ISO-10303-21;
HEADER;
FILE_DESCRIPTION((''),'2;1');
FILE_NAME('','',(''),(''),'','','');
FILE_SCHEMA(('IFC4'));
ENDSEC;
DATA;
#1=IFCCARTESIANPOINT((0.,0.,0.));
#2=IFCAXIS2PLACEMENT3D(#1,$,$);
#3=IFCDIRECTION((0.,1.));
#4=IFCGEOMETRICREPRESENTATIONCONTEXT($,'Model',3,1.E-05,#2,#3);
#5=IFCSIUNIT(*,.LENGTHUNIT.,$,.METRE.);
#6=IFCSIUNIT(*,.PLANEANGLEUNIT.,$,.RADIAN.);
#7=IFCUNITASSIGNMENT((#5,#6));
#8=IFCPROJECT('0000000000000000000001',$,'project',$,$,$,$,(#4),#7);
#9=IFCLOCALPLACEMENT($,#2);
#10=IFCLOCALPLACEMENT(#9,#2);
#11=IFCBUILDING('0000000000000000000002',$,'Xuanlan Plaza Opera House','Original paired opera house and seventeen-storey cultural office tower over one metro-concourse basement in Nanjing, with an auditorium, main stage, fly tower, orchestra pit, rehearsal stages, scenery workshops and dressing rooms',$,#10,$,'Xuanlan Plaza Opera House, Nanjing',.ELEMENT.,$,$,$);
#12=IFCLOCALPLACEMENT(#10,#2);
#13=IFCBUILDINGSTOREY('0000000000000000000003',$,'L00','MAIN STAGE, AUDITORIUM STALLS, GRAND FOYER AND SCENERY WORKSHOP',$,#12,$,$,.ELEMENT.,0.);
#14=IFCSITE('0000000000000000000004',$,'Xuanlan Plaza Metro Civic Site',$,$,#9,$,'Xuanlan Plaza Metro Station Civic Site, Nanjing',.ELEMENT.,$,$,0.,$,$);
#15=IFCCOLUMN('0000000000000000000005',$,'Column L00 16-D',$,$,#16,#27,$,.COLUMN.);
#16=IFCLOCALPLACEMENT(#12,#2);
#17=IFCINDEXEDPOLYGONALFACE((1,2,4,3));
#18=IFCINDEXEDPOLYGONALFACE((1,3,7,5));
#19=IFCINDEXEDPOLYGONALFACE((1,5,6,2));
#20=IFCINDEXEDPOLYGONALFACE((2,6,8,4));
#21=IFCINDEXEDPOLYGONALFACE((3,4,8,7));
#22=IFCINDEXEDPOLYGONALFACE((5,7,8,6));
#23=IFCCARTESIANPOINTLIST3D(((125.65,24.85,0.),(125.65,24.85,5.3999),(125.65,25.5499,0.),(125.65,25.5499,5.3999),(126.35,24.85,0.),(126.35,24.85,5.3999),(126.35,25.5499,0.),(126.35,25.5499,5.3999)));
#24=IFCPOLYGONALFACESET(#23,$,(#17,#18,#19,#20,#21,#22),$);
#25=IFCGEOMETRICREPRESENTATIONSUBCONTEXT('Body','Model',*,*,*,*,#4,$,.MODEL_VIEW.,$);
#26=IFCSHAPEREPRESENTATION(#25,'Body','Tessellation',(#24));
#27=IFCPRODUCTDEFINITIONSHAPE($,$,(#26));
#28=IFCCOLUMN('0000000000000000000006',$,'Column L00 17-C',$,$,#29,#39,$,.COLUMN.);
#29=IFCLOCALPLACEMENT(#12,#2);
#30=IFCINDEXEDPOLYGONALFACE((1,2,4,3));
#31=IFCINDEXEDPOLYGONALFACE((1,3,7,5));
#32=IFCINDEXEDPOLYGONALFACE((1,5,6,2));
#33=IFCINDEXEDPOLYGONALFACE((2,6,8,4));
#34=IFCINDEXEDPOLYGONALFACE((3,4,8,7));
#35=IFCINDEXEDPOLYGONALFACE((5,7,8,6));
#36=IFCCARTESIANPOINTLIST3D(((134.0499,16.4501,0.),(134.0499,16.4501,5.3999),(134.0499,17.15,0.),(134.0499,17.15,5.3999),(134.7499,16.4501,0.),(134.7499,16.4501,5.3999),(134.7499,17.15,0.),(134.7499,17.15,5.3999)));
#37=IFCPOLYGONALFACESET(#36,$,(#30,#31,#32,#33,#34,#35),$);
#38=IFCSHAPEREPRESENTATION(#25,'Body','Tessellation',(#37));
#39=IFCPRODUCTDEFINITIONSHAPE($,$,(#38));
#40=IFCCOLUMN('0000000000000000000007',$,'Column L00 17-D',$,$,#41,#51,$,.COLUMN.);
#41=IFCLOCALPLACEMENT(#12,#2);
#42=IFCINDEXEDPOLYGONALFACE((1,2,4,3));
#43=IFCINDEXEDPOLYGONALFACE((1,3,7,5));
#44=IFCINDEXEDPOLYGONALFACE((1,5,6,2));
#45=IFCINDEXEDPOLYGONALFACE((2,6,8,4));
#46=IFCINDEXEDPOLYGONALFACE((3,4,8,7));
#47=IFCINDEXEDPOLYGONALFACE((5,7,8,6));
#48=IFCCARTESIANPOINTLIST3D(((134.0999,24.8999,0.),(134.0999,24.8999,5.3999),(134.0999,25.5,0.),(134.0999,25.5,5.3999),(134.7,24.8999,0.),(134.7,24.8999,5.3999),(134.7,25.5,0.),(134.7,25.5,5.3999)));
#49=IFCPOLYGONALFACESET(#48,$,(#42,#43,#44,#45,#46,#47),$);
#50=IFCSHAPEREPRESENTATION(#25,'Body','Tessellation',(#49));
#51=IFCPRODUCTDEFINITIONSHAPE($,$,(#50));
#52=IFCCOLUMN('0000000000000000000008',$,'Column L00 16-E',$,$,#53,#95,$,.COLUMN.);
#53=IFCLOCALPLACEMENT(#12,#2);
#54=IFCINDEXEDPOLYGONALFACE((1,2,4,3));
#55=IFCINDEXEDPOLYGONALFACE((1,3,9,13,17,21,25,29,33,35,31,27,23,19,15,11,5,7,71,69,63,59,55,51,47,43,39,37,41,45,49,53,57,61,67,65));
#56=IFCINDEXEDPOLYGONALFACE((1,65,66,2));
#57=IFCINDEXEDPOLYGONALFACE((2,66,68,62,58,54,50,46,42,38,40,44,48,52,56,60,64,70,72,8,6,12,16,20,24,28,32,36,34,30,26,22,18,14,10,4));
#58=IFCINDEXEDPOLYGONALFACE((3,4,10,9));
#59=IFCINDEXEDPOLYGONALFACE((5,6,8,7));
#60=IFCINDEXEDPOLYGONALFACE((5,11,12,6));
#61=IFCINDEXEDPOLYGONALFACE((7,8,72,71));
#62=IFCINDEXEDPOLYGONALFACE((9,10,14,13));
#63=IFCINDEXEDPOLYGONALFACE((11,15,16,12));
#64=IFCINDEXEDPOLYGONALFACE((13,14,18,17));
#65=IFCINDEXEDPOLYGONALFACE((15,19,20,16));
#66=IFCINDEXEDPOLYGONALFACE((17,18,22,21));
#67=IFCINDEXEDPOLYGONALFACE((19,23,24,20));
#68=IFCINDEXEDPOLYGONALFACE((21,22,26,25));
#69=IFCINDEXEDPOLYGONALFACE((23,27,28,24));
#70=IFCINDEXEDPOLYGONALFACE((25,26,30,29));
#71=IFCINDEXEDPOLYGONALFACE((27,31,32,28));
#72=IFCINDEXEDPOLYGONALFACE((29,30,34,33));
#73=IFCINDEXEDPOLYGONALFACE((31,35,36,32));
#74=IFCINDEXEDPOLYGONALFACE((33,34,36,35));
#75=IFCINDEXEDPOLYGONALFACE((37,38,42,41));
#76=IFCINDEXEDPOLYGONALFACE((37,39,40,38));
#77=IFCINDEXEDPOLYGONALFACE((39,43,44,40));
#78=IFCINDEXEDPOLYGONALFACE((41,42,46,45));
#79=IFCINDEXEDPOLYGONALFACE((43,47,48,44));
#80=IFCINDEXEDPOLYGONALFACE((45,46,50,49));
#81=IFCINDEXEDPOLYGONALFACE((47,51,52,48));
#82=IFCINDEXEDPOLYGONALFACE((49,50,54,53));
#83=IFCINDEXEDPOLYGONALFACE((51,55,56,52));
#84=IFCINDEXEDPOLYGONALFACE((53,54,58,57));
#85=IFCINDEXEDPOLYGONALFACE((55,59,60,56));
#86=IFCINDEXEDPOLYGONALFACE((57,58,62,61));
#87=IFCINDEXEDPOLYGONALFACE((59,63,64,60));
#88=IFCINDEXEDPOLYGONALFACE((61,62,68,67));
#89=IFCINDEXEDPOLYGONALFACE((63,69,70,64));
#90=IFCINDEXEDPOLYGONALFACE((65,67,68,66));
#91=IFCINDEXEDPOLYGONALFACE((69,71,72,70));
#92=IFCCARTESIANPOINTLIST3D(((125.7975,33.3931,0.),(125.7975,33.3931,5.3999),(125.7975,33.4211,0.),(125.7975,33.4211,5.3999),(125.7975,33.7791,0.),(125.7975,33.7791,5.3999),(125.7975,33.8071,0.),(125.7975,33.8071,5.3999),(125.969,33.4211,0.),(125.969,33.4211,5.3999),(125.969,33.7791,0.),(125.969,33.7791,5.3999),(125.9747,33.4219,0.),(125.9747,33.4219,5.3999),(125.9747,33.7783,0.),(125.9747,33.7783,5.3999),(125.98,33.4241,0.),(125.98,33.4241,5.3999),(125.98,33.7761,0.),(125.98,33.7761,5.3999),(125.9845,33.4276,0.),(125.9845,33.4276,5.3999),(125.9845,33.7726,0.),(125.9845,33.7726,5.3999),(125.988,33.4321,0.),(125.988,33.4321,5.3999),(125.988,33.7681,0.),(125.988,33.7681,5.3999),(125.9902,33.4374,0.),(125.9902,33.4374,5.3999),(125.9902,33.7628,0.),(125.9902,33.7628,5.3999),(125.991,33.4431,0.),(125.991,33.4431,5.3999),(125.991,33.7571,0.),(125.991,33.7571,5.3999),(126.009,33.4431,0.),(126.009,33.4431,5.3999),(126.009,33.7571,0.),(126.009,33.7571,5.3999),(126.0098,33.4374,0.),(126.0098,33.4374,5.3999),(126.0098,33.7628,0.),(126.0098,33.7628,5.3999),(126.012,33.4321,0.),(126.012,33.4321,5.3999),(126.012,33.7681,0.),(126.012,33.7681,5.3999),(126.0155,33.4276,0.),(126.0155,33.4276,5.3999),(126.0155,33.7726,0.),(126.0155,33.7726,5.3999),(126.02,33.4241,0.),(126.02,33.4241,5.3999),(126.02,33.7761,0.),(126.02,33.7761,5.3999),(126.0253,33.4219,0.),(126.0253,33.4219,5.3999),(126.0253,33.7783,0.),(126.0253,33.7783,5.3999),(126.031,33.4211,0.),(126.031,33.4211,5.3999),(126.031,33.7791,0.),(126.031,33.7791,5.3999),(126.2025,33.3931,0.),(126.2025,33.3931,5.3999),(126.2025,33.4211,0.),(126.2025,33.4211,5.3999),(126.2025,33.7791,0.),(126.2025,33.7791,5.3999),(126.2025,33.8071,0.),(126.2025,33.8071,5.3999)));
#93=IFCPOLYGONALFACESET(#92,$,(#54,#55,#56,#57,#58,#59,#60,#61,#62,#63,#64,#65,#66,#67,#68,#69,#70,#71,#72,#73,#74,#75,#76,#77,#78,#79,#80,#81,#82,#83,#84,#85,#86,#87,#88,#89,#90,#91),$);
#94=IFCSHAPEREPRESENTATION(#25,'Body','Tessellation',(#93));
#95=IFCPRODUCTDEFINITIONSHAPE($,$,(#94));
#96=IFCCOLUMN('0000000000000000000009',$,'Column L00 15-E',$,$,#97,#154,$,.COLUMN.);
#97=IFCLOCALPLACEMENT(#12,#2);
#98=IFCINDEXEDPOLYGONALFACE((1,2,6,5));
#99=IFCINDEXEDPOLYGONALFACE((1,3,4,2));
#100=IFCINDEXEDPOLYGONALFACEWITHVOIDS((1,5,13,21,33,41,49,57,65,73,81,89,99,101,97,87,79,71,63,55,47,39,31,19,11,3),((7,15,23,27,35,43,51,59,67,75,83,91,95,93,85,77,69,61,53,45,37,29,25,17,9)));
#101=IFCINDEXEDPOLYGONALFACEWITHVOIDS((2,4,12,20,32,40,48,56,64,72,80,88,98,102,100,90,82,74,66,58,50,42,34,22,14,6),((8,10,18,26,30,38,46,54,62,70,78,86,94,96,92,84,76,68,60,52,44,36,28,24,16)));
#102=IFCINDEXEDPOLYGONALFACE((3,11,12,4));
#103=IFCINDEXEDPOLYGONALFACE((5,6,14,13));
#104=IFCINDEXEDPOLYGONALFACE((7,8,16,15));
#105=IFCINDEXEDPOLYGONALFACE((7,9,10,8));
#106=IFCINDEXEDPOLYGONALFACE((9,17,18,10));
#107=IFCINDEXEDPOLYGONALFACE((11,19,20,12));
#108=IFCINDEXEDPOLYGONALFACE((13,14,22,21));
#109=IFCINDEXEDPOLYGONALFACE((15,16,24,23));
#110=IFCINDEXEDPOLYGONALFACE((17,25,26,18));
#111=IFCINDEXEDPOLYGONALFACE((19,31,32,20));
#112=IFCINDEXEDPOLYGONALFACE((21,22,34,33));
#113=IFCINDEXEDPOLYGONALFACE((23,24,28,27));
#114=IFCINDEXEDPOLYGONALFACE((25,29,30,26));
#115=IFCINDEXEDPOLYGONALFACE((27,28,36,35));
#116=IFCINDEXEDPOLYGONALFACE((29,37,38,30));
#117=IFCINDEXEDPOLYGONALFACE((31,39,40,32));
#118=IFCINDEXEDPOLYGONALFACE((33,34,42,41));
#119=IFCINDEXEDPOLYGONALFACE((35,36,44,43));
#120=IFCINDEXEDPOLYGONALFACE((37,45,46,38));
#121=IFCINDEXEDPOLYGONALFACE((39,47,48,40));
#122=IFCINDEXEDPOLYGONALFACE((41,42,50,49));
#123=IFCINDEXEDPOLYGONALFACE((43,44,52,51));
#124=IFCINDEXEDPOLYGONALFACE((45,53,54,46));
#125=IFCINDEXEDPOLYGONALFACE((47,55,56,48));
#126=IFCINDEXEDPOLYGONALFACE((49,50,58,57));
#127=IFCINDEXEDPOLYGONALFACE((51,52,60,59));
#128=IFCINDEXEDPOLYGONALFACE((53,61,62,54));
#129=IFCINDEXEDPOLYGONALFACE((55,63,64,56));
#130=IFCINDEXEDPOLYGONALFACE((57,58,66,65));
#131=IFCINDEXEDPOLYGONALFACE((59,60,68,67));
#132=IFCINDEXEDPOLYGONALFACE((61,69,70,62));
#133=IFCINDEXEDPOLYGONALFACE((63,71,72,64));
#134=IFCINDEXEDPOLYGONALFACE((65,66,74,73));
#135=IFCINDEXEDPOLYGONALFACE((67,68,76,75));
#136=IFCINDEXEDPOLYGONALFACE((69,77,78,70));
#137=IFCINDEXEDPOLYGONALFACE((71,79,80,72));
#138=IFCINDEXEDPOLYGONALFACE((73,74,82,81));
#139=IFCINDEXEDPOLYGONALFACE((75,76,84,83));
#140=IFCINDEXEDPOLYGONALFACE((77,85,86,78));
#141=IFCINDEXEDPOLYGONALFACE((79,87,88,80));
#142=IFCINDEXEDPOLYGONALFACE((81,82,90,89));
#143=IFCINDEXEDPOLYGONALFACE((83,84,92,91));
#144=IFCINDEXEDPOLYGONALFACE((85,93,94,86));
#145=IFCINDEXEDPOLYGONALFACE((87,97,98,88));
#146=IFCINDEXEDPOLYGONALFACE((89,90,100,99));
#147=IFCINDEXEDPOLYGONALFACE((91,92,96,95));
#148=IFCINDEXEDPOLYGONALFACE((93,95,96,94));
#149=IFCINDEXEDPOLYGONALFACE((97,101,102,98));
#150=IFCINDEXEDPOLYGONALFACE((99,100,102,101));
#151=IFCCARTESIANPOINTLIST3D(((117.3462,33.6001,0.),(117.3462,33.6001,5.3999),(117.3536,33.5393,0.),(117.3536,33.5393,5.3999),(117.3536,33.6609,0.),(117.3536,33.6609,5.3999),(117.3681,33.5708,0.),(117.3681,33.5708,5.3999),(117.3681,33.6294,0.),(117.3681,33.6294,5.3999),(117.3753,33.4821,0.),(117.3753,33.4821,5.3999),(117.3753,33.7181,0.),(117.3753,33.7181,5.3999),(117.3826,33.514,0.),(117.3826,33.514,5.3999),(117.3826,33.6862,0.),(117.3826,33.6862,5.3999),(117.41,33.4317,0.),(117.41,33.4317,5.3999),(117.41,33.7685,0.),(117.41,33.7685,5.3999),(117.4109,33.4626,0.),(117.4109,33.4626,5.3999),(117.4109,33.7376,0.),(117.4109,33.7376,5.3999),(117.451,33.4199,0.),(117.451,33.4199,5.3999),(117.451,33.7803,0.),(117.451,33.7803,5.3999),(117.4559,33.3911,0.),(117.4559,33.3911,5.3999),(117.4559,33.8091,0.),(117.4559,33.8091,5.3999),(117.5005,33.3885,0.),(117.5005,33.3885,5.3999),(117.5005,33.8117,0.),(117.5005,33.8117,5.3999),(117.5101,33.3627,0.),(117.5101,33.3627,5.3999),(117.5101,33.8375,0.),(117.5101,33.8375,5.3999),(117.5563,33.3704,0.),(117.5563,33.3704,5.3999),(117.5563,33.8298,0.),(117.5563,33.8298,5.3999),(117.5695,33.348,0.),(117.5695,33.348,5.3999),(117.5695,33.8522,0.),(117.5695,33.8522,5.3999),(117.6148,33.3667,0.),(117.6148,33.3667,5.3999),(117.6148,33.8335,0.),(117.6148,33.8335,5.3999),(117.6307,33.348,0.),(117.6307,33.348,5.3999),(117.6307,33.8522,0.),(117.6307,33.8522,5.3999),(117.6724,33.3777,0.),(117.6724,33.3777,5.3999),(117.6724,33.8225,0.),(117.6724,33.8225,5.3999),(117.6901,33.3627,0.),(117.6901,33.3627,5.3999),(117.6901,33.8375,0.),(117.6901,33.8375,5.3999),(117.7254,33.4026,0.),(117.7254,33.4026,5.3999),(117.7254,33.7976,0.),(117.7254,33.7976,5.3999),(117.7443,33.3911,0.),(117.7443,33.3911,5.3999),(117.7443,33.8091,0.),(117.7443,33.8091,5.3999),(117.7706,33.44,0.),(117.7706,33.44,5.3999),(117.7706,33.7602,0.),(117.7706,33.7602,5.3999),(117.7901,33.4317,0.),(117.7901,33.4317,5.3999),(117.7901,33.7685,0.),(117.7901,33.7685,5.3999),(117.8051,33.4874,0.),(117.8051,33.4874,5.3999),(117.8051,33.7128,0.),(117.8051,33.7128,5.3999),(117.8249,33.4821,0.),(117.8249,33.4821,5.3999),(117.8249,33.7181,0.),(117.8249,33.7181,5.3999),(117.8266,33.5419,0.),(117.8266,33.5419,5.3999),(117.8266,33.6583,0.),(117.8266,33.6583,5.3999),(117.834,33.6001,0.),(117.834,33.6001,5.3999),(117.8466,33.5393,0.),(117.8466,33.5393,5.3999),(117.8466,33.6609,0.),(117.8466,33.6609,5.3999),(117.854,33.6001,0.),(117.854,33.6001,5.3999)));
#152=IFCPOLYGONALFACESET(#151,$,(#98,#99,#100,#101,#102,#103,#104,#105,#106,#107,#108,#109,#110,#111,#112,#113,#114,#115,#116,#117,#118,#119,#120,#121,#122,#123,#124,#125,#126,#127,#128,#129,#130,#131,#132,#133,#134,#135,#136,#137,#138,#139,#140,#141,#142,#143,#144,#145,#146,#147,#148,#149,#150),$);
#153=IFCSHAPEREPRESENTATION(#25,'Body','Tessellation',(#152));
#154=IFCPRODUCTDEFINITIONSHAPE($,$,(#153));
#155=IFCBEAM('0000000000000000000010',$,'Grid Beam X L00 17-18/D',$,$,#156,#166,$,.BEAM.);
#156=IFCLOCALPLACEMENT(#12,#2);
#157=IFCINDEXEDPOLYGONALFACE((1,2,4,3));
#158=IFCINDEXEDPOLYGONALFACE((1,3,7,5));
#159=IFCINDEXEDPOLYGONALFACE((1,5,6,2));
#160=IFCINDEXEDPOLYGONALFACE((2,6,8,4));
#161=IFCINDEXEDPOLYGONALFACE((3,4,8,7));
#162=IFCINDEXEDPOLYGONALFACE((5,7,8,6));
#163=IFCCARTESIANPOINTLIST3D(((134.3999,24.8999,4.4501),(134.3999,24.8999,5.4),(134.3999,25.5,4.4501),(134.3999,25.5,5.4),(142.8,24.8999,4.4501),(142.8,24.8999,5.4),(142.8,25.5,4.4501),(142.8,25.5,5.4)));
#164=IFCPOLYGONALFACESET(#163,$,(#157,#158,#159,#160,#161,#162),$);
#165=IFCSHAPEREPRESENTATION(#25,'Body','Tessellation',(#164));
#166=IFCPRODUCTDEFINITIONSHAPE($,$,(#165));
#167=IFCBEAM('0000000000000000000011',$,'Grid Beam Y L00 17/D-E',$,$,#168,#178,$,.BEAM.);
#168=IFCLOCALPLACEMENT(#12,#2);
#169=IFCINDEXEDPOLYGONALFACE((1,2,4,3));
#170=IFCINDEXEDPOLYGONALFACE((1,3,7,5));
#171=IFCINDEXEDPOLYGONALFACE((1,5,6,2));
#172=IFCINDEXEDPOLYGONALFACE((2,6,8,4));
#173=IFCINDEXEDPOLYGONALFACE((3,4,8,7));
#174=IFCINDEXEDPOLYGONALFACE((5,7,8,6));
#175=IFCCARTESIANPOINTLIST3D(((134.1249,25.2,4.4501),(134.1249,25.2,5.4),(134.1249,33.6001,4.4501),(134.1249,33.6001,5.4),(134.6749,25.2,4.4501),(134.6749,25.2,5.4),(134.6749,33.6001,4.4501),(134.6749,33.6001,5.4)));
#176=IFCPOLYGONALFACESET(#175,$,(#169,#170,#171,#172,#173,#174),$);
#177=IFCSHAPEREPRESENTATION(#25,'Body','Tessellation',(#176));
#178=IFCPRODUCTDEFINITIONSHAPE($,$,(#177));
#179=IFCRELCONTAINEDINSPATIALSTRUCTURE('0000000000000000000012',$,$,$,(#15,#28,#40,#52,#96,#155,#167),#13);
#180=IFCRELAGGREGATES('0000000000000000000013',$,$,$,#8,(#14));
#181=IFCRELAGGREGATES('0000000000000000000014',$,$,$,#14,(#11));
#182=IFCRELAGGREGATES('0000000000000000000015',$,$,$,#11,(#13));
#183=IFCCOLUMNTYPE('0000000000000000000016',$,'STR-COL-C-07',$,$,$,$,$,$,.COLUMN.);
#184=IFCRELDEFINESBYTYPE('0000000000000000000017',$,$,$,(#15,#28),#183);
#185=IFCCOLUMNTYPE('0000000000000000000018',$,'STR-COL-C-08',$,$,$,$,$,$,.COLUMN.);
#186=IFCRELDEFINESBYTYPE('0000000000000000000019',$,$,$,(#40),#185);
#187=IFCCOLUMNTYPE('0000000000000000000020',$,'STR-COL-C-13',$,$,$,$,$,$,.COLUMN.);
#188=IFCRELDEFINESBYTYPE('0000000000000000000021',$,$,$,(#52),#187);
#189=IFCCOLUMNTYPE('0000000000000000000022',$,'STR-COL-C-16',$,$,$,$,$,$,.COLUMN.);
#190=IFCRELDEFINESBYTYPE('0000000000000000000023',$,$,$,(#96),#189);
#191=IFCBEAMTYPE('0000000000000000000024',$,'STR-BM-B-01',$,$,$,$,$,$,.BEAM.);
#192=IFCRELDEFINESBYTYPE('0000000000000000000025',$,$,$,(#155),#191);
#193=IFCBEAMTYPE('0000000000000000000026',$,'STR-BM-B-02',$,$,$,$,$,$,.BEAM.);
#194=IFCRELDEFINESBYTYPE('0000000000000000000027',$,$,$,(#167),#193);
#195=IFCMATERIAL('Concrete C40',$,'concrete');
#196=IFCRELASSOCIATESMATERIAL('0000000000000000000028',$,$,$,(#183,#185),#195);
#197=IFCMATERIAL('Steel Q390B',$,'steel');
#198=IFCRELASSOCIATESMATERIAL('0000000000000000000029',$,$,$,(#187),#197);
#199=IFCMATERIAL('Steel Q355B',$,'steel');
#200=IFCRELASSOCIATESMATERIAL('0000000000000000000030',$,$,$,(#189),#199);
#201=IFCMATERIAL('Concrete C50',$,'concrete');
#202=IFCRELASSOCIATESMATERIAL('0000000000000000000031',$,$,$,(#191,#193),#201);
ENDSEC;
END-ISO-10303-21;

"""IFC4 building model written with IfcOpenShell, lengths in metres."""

from ifc_helpers import new_model, si_unit, direction, frame, origin, origin_2d, place, context, subcontext, project, spatial, rectangle, hollow_circle, i_section, extrude, material, material_profile, profile_set, type_object, element, save


model = new_model("IFC4")

# Units and contexts
model_context = context("Model", 3, precision=1e-05, world=origin(), true_north=direction((0.0, 1.0)))
body_context = subcontext(model_context, "Body", "Model", "MODEL_VIEW")
ifc_project = project(units=[si_unit("LENGTHUNIT", "METRE"), si_unit("PLANEANGLEUNIT", "RADIAN")], contexts=[model_context])

# Site, building, storey
site_placement = place(None, origin())
site = spatial("IfcSite", under=ifc_project, at=site_placement, Name="Xuanlan Plaza Metro Civic Site", LongName="Xuanlan Plaza Metro Station Civic Site, Nanjing", CompositionType="ELEMENT", RefElevation=0.0)
building_placement = place(site_placement, origin())
building = spatial("IfcBuilding", under=site, at=building_placement, Name="Xuanlan Plaza Opera House", Description="Original paired opera house and seventeen-storey cultural office tower over one metro-concourse basement in Nanjing, with an auditorium, main stage, fly tower, orchestra pit, rehearsal stages, scenery workshops and dressing rooms", LongName="Xuanlan Plaza Opera House, Nanjing", CompositionType="ELEMENT")
storey_placement = place(building_placement, origin())
storey = spatial("IfcBuildingStorey", under=building, at=storey_placement, Name="L00", Description="MAIN STAGE, AUDITORIUM STALLS, GRAND FOYER AND SCENERY WORKSHOP", CompositionType="ELEMENT", Elevation=0.0)

# Columns
ifc_material_1 = material(Name="Concrete C40", Category="concrete")
ifc_material_profile_1 = material_profile(ifc_material_1, rectangle(XDim=0.7, YDim=0.7, at=origin_2d()), Name="RC-COL 700x700")
ifc_profile_set_1 = profile_set([ifc_material_profile_1], Name="Concrete C40")
column_type_1 = type_object("IfcColumnType", Name="STR-COL-C-07", PredefinedType="COLUMN", material=ifc_profile_set_1)
for number, where, z_axis, x_axis, name in (
    (1, (126.0, 25.2, 0.0), (0.0, 0.0, 1.0), (1.0, 0.0, 0.0), "Column L00 16-D"),
    (2, (134.3999, 16.8, 0.0), (0.0, 0.0, 1.0), (1.0, 0.0, 0.0), "Column L00 17-C"),
):
    element("IfcColumn", number, at=place(storey_placement, frame(where, z_axis=z_axis, x_axis=x_axis)), inside=storey, type_object=column_type_1, Name=name, PredefinedType="COLUMN", context=body_context, shape_type="SweptSolid", body=[
        extrude(rectangle(XDim=0.7, YDim=0.7, at=origin_2d()), origin(), (0.0, 0.0, 1.0), 5.3999),
    ])
ifc_material_profile_2 = material_profile(ifc_material_1, rectangle(XDim=0.6001, YDim=0.6001, at=origin_2d()), Name="RC-COL 600x600")
ifc_profile_set_2 = profile_set([ifc_material_profile_2], Name="Concrete C40")
column_type_2 = type_object("IfcColumnType", Name="STR-COL-C-08", PredefinedType="COLUMN", material=ifc_profile_set_2)
column_1_placement = place(storey_placement, frame((134.3999, 25.2, 0.0), z_axis=(0.0, 0.0, 1.0), x_axis=(1.0, 0.0, 0.0)))
element("IfcColumn", 3, at=column_1_placement, inside=storey, type_object=column_type_2, Name="Column L00 17-D", PredefinedType="COLUMN", context=body_context, shape_type="SweptSolid", body=[
    extrude(rectangle(XDim=0.6001, YDim=0.6001, at=origin_2d()), origin(), (0.0, 0.0, 1.0), 5.3999),
])
ifc_material_2 = material(Name="Steel Q390B", Category="steel")
ifc_material_profile_3 = material_profile(ifc_material_2, i_section(OverallWidth=0.405, OverallDepth=0.4141, WebThickness=0.0181, FlangeThickness=0.0281, FilletRadius=0.022, at=origin_2d()), Name="HW 414x405x18x28")
ifc_profile_set_3 = profile_set([ifc_material_profile_3], Name="Steel Q390B")
column_type_3 = type_object("IfcColumnType", Name="STR-COL-C-13", PredefinedType="COLUMN", material=ifc_profile_set_3)
column_2_placement = place(storey_placement, frame((126.0, 33.6001, 0.0), z_axis=(0.0, 0.0, 1.0), x_axis=(1.0, 0.0, 0.0)))
element("IfcColumn", 4, at=column_2_placement, inside=storey, type_object=column_type_3, Name="Column L00 16-E", PredefinedType="COLUMN", context=body_context, shape_type="SweptSolid", body=[
    extrude(i_section(OverallWidth=0.405, OverallDepth=0.4141, WebThickness=0.0181, FlangeThickness=0.0281, FilletRadius=0.022, at=origin_2d()), origin(), (0.0, 0.0, 1.0), 5.3999),
])
ifc_material_3 = material(Name="Steel Q355B", Category="steel")
ifc_material_profile_4 = material_profile(ifc_material_3, hollow_circle(Radius=0.2539, WallThickness=0.02, at=origin_2d()), Name="CHS 508x20")
ifc_profile_set_4 = profile_set([ifc_material_profile_4], Name="Steel Q355B")
column_type_4 = type_object("IfcColumnType", Name="STR-COL-C-16", PredefinedType="COLUMN", material=ifc_profile_set_4)
column_3_placement = place(storey_placement, frame((117.6001, 33.6001, 0.0), z_axis=(0.0, 0.0, 1.0), x_axis=(1.0, 0.0, 0.0)))
element("IfcColumn", 5, at=column_3_placement, inside=storey, type_object=column_type_4, Name="Column L00 15-E", PredefinedType="COLUMN", context=body_context, shape_type="SweptSolid", body=[
    extrude(hollow_circle(Radius=0.2539, WallThickness=0.02, at=origin_2d()), origin(), (0.0, 0.0, 1.0), 5.3999),
])

# Beams
ifc_material_4 = material(Name="Concrete C50", Category="concrete")
ifc_material_profile_5 = material_profile(ifc_material_4, rectangle(XDim=0.6001, YDim=0.95, at=origin_2d()), Name="RC-BM 600x950")
ifc_profile_set_5 = profile_set([ifc_material_profile_5], Name="Concrete C50")
beam_type_1 = type_object("IfcBeamType", Name="STR-BM-B-01", PredefinedType="BEAM", material=ifc_profile_set_5)
beam_1_placement = place(storey_placement, frame((134.3999, 25.2, 4.925), z_axis=(1.0, 0.0, 0.0), x_axis=(0.0, 1.0, 0.0)))
element("IfcBeam", 6, at=beam_1_placement, inside=storey, type_object=beam_type_1, Name="Grid Beam X L00 17-18/D", PredefinedType="BEAM", context=body_context, shape_type="SweptSolid", body=[
    extrude(rectangle(XDim=0.6001, YDim=0.95, at=origin_2d()), origin(), (0.0, 0.0, 1.0), 8.4001),
])
ifc_material_profile_6 = material_profile(ifc_material_4, rectangle(XDim=0.55, YDim=0.95, at=origin_2d()), Name="RC-BM 550x950")
ifc_profile_set_6 = profile_set([ifc_material_profile_6], Name="Concrete C50")
beam_type_2 = type_object("IfcBeamType", Name="STR-BM-B-02", PredefinedType="BEAM", material=ifc_profile_set_6)
beam_2_placement = place(storey_placement, frame((134.3999, 25.2, 4.925), z_axis=(0.0, 1.0, 0.0), x_axis=(-1.0, 0.0, 0.0)))
element("IfcBeam", 7, at=beam_2_placement, inside=storey, type_object=beam_type_2, Name="Grid Beam Y L00 17/D-E", PredefinedType="BEAM", context=body_context, shape_type="SweptSolid", body=[
    extrude(rectangle(XDim=0.55, YDim=0.95, at=origin_2d()), origin(), (0.0, 0.0, 1.0), 8.4001),
])

save(model, "model.ifc")
